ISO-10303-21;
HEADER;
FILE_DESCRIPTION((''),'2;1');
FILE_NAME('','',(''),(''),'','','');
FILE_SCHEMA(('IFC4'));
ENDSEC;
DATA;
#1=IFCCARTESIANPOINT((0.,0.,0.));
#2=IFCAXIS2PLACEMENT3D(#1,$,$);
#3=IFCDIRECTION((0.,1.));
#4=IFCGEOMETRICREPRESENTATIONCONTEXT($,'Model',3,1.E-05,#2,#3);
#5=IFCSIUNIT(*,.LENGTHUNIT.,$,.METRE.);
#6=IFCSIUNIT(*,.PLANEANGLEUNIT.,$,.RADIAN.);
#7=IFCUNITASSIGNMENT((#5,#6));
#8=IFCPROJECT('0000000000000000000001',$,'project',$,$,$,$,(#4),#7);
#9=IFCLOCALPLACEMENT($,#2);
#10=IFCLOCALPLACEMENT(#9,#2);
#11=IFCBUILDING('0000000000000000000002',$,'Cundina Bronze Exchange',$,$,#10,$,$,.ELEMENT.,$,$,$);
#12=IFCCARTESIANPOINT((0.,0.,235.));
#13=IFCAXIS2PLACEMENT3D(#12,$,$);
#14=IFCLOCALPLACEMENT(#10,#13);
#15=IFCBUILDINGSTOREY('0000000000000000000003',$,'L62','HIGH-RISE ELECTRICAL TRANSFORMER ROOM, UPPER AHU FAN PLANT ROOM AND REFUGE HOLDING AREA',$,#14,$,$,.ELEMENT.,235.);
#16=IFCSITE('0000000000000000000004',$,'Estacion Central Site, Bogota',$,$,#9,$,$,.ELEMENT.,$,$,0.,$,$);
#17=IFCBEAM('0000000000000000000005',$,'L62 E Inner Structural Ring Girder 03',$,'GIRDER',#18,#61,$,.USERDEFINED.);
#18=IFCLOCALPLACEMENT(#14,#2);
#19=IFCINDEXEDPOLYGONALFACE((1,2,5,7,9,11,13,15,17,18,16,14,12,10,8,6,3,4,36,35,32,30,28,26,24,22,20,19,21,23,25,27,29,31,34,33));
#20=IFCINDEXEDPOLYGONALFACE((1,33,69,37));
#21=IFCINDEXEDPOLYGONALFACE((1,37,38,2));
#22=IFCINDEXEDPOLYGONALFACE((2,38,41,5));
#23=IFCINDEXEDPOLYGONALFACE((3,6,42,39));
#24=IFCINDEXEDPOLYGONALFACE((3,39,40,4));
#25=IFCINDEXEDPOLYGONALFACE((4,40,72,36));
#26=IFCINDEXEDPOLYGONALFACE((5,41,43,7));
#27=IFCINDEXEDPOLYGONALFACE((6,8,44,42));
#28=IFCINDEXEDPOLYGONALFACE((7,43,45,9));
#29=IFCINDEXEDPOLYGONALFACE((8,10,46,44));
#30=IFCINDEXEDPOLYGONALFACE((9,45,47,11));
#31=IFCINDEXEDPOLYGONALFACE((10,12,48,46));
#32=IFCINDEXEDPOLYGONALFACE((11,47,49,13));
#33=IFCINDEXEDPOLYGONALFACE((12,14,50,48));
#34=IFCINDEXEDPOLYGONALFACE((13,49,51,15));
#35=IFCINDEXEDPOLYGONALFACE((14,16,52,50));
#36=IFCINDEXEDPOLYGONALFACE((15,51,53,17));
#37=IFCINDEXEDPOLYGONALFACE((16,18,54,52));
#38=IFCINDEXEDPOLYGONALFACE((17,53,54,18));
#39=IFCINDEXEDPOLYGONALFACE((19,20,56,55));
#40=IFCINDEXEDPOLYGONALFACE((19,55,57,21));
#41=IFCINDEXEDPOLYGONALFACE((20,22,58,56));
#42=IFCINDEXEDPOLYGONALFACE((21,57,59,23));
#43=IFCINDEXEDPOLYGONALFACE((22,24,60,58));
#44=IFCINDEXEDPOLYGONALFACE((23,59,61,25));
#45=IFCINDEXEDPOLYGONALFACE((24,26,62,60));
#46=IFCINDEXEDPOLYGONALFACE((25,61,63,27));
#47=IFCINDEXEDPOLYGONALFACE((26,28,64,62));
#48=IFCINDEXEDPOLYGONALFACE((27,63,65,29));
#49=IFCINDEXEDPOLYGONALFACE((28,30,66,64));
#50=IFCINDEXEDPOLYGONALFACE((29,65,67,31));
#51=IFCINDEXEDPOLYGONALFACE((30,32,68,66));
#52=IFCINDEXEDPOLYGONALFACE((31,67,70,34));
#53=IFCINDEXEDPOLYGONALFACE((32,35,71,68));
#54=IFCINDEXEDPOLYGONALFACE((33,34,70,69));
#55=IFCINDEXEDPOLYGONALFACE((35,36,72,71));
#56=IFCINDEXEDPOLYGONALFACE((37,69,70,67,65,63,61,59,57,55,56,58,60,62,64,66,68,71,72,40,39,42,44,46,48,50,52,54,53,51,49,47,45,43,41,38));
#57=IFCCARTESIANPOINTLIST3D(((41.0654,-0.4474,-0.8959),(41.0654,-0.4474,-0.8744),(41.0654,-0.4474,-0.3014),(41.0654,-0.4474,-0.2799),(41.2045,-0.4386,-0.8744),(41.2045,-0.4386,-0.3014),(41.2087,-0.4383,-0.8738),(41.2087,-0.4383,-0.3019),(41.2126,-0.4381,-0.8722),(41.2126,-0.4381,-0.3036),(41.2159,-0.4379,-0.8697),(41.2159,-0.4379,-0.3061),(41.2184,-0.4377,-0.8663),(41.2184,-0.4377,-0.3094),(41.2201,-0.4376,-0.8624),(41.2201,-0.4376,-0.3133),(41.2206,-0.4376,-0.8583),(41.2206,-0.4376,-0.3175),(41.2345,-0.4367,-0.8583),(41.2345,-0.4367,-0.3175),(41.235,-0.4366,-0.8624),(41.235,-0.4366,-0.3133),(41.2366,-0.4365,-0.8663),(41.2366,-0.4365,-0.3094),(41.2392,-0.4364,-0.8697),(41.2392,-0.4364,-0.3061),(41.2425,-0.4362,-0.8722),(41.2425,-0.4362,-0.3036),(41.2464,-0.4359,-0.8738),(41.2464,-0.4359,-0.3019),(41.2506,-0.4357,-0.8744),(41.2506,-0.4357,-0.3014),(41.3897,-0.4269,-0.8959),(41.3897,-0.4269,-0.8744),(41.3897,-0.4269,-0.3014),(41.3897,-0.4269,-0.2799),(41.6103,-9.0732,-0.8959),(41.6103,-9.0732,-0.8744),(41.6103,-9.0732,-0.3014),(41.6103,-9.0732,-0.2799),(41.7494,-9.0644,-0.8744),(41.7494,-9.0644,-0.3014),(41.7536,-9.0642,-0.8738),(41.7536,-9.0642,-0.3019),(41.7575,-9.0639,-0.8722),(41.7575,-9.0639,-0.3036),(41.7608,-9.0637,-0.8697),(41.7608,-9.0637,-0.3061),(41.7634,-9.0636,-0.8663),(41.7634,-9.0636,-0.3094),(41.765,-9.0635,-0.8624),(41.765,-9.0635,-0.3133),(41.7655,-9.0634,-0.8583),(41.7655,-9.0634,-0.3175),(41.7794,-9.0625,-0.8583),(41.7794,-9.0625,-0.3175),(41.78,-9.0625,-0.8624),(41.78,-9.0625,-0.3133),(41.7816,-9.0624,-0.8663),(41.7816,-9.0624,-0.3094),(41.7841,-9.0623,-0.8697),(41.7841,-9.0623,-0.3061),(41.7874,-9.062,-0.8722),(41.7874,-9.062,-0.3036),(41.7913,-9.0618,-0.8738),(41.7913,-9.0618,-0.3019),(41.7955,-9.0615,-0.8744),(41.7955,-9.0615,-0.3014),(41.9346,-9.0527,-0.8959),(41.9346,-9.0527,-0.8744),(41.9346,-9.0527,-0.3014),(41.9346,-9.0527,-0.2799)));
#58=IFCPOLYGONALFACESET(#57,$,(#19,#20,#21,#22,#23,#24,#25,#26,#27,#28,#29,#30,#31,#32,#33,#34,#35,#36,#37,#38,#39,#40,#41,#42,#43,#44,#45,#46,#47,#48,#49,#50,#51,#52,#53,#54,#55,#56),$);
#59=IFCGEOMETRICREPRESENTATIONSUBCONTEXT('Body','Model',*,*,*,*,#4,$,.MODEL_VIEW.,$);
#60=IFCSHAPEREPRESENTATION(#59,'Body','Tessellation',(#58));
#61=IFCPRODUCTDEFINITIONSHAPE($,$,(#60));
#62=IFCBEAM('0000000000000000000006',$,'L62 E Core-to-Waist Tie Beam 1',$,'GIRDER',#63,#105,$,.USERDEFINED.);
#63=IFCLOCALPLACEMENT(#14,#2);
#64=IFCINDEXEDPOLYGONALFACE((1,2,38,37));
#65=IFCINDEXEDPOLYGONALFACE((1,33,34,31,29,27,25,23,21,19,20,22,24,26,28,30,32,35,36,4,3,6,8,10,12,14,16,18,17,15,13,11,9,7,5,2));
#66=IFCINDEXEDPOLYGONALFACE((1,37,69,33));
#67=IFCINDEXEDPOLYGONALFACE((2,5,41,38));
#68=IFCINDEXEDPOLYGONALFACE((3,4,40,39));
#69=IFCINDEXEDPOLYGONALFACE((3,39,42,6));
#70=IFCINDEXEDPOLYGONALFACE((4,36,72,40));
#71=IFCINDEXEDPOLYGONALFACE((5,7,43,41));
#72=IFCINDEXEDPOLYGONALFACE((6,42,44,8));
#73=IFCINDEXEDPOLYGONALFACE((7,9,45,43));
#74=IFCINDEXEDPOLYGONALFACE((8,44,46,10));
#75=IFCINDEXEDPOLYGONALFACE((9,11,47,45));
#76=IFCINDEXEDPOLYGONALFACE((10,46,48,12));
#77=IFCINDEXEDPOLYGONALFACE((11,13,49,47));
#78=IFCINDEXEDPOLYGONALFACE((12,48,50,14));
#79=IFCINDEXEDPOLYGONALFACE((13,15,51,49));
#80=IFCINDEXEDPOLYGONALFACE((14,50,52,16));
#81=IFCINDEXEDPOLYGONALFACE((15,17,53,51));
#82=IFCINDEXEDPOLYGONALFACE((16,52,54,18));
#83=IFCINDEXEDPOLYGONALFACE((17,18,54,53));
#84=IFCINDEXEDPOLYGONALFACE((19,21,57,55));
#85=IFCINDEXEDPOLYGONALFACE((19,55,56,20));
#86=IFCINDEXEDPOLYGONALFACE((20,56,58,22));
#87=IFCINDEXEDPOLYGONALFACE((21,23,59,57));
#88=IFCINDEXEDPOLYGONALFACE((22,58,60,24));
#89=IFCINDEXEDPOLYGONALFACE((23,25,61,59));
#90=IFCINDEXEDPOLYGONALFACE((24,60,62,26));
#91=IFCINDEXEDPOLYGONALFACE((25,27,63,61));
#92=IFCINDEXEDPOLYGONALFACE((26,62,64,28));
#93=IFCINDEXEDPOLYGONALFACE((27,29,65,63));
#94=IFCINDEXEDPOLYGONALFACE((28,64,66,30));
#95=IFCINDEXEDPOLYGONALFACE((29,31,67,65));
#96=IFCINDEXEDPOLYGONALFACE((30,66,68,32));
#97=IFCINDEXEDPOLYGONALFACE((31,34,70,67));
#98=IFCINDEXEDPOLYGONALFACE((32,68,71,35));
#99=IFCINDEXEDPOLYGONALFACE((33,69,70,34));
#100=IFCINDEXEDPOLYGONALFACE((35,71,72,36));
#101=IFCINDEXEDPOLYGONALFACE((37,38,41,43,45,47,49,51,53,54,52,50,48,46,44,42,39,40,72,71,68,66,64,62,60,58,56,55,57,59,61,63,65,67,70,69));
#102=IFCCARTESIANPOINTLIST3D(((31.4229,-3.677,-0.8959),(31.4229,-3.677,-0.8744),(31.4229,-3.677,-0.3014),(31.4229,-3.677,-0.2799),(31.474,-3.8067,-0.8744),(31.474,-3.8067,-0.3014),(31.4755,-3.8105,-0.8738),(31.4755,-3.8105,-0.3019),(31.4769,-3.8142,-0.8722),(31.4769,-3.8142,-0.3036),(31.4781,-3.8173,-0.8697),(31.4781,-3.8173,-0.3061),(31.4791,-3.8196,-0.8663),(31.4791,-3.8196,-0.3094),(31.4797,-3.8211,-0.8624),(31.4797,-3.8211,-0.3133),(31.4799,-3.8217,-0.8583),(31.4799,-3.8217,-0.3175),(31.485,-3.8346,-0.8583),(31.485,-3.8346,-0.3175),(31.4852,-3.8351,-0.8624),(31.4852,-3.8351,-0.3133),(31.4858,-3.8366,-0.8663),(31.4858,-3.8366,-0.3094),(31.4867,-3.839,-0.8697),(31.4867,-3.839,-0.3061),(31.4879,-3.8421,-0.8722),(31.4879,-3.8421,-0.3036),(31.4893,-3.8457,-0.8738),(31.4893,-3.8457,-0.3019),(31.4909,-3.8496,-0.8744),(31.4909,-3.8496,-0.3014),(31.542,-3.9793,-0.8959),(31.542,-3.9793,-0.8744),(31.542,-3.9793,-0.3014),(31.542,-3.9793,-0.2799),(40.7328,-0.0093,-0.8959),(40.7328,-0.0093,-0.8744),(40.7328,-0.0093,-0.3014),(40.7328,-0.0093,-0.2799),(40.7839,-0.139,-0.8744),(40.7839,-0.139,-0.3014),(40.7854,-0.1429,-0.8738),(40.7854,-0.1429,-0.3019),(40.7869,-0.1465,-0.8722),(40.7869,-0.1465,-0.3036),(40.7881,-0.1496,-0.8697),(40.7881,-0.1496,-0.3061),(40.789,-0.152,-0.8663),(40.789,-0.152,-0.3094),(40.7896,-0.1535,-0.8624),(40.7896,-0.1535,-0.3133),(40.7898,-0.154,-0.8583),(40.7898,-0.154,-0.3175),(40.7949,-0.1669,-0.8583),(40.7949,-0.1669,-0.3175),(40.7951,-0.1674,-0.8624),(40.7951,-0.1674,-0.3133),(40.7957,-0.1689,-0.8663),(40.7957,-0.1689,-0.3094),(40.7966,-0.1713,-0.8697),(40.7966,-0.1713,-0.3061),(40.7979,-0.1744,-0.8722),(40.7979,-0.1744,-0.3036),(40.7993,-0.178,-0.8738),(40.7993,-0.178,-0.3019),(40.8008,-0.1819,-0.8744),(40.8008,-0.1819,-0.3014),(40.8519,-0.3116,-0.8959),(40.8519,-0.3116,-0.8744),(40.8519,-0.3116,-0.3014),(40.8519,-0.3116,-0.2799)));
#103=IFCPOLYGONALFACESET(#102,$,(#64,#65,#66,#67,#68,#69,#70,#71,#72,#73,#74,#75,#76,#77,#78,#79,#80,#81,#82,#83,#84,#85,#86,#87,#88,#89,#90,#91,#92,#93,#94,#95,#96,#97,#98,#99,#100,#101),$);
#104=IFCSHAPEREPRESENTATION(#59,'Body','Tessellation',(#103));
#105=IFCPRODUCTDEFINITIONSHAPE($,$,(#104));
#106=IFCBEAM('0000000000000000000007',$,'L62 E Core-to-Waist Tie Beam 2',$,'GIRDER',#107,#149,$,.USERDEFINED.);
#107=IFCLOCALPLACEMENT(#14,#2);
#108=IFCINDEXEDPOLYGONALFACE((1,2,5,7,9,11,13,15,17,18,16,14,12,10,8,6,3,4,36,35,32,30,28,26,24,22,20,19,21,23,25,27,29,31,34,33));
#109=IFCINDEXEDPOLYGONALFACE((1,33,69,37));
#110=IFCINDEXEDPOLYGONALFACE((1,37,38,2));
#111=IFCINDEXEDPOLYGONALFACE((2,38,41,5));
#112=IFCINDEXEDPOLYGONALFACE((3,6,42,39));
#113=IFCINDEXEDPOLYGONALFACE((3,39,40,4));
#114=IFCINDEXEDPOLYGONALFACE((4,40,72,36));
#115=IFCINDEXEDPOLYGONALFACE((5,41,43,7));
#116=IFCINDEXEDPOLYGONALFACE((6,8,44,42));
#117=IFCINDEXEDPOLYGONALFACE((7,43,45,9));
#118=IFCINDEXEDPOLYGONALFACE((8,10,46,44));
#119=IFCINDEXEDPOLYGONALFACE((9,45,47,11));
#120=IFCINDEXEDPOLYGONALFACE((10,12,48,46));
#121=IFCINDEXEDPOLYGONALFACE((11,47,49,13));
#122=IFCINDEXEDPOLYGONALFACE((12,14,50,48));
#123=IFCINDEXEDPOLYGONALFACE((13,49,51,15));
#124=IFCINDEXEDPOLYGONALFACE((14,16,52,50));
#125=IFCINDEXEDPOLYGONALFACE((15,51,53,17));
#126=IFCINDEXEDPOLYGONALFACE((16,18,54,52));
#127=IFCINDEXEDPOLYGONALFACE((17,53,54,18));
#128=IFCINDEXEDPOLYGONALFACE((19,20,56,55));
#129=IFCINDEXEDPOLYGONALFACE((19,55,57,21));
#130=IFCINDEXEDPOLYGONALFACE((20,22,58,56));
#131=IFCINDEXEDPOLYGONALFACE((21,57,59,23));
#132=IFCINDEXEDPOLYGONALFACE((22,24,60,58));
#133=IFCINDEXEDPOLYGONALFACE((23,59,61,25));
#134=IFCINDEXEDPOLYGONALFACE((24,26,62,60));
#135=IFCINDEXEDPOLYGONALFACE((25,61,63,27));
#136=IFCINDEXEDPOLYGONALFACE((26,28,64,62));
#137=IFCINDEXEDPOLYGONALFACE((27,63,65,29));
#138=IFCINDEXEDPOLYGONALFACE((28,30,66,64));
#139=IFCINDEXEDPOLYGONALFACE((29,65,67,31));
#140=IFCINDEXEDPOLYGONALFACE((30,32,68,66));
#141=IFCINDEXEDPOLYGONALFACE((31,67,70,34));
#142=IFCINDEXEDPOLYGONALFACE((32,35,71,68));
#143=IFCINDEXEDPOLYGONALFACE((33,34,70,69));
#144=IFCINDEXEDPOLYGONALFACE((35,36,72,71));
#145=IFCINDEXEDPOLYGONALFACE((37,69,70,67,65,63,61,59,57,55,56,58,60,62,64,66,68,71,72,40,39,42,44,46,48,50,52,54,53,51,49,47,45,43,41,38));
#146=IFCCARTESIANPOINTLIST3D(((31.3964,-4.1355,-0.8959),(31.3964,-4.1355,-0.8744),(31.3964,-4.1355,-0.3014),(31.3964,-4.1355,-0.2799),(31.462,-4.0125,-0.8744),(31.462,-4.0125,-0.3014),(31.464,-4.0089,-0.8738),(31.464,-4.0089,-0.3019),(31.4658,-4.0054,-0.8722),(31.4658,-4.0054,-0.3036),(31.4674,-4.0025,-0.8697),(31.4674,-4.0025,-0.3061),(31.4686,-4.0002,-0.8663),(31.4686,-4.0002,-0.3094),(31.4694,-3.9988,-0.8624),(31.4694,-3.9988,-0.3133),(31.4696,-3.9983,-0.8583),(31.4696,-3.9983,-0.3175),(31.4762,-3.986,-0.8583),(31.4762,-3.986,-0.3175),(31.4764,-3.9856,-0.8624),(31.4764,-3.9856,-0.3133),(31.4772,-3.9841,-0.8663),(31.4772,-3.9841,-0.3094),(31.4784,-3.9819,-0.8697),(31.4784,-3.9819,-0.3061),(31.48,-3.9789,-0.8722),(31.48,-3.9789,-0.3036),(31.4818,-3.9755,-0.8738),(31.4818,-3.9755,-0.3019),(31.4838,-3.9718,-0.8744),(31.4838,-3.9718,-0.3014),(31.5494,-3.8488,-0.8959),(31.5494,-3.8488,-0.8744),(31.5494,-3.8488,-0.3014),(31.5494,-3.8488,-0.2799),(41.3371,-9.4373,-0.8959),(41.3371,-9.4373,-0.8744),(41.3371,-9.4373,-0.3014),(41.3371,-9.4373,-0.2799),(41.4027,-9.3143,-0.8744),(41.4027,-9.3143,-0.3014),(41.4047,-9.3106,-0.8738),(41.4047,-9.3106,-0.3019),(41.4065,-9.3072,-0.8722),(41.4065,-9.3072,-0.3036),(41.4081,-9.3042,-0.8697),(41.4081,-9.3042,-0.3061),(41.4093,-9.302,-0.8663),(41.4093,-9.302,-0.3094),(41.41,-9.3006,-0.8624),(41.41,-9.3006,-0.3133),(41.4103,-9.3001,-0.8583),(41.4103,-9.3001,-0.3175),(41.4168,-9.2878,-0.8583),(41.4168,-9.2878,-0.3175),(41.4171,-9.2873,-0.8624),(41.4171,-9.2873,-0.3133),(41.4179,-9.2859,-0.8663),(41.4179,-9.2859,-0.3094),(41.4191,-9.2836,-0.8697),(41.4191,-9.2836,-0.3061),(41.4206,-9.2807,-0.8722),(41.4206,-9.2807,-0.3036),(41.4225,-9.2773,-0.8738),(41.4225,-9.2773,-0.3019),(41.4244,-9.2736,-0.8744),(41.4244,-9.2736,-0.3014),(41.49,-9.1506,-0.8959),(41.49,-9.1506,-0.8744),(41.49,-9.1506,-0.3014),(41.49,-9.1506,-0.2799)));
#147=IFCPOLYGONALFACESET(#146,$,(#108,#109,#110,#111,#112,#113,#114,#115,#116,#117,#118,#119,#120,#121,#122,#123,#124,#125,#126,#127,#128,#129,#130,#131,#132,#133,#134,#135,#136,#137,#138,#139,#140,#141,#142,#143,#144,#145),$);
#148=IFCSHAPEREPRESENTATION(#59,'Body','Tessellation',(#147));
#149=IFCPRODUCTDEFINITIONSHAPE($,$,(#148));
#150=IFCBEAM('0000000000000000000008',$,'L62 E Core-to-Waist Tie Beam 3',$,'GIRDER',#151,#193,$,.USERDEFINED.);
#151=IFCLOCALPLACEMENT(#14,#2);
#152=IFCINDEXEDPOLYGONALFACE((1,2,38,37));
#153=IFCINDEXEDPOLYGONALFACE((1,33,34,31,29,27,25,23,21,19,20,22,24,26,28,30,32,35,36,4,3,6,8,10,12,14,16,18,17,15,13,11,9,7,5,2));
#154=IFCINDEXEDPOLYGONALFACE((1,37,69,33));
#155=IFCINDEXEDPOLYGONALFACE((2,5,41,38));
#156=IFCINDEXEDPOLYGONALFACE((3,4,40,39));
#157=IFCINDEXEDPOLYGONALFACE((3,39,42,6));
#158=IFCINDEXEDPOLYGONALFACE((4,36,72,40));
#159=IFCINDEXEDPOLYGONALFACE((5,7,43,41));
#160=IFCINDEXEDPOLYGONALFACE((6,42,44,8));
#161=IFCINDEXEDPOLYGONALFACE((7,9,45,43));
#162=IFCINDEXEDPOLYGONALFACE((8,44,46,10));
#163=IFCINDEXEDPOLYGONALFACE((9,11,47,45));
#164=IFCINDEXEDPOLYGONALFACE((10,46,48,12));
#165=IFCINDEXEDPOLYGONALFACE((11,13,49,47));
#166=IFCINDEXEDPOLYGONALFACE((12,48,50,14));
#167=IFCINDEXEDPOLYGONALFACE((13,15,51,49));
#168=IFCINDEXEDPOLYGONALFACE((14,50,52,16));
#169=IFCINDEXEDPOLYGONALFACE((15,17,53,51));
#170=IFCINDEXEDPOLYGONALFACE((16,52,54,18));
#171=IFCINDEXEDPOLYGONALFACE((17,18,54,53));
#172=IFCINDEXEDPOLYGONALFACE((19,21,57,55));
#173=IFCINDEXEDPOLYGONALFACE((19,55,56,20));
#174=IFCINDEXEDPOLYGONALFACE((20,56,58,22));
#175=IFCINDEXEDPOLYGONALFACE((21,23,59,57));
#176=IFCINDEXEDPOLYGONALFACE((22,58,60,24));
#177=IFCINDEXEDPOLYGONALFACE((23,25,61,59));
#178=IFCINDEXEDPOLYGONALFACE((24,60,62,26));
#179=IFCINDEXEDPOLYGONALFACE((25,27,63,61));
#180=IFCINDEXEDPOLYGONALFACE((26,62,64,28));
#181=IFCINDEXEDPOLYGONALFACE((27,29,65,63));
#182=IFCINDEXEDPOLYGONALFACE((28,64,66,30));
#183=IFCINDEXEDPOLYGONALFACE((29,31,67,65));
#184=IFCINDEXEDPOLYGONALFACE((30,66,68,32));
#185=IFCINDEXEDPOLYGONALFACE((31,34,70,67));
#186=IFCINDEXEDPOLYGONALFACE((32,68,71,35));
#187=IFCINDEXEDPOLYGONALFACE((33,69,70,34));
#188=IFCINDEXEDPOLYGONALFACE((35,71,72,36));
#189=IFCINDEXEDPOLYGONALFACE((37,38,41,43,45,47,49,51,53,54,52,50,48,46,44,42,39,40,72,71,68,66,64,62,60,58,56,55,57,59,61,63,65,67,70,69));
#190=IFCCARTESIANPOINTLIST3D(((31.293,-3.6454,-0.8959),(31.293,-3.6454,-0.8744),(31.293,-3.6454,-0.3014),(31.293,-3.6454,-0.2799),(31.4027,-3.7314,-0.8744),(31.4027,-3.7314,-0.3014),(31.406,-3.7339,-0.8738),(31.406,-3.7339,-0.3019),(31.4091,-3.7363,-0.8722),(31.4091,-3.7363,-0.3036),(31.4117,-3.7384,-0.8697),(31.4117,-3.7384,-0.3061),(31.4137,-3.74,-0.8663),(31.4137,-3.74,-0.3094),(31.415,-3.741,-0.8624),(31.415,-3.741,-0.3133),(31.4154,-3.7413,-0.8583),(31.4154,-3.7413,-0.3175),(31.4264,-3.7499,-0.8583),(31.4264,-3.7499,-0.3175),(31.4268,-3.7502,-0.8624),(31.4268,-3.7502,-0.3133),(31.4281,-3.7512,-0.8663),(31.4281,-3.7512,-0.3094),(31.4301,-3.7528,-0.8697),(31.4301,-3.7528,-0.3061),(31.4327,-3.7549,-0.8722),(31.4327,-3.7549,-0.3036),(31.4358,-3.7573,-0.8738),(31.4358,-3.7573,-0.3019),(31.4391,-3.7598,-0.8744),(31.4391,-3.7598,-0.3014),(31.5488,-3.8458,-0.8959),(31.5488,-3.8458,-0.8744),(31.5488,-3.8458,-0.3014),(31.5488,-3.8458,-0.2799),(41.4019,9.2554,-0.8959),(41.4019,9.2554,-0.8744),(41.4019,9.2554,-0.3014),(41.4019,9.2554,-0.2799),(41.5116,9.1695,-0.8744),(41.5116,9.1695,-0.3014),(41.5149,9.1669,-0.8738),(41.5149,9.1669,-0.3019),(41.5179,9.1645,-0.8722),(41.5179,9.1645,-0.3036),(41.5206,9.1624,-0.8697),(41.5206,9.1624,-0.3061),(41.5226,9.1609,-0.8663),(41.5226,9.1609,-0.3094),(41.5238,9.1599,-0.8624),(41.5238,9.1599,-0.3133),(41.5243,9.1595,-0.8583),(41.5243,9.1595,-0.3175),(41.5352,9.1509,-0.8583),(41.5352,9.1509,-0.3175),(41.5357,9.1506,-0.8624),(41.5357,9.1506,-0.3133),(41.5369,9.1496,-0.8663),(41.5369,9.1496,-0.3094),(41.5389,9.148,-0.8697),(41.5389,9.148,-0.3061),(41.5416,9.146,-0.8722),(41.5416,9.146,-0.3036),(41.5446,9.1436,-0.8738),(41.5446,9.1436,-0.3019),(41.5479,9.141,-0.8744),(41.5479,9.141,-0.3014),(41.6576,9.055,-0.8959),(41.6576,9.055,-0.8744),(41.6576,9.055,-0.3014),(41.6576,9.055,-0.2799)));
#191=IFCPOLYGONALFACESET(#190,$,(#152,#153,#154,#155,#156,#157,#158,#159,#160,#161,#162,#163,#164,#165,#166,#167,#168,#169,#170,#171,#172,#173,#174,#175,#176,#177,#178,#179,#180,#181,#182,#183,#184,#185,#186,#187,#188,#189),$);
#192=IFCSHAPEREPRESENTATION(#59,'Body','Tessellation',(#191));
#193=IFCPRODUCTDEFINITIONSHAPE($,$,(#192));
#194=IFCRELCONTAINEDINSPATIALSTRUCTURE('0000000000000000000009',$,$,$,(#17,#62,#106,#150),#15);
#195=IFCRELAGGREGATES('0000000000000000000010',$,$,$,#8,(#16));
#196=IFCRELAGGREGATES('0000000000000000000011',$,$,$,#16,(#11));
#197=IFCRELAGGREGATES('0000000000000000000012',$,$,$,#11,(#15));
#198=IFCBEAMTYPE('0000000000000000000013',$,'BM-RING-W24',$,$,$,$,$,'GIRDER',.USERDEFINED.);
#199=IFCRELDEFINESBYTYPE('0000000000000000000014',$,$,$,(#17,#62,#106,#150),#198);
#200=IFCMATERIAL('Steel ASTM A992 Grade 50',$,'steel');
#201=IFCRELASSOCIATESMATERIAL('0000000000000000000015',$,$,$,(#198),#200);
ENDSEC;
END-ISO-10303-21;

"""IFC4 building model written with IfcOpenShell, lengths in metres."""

from ifc_helpers import new_model, si_unit, direction, frame, origin, origin_2d, place, context, subcontext, project, spatial, i_section, extrude, material, material_profile, profile_set, type_object, element, save


model = new_model("IFC4")

# Units and contexts
model_context = context("Model", 3, precision=1e-05, world=origin(), true_north=direction((0.0, 1.0)))
body_context = subcontext(model_context, "Body", "Model", "MODEL_VIEW")
ifc_project = project(units=[si_unit("LENGTHUNIT", "METRE"), si_unit("PLANEANGLEUNIT", "RADIAN")], contexts=[model_context])

# Site, building, storey
site_placement = place(None, origin())
site = spatial("IfcSite", under=ifc_project, at=site_placement, Name="Estacion Central Site, Bogota", CompositionType="ELEMENT", RefElevation=0.0)
building_placement = place(site_placement, origin())
building = spatial("IfcBuilding", under=site, at=building_placement, Name="Cundina Bronze Exchange", CompositionType="ELEMENT")
storey_placement = place(building_placement, frame((0.0, 0.0, 235.0)))
storey = spatial("IfcBuildingStorey", under=building, at=storey_placement, Name="L62", Description="HIGH-RISE ELECTRICAL TRANSFORMER ROOM, UPPER AHU FAN PLANT ROOM AND REFUGE HOLDING AREA", CompositionType="ELEMENT", Elevation=235.0)

# Shared definitions
ifc_material_1 = material(Name="Steel ASTM A992 Grade 50", Category="steel")

# Beams
ifc_material_profile_1 = material_profile(ifc_material_1, i_section(OverallWidth=0.325, OverallDepth=0.616, WebThickness=0.0139, FlangeThickness=0.0215, FilletRadius=0.0161, at=origin_2d()), Name="W24X117", Category="steel")
ifc_profile_set_1 = profile_set([ifc_material_profile_1], Name="Steel ASTM A992 Grade 50")
beam_type_1 = type_object("IfcBeamType", Name="BM-RING-W24", ElementType="GIRDER", PredefinedType="USERDEFINED", material=ifc_profile_set_1)
beam_1_placement = place(storey_placement, frame((41.7725, -9.063, -0.5879), z_axis=(-0.063047, 0.998011, 0.0), x_axis=(-0.998011, -0.063047, 0.0)))
element("IfcBeam", 1, at=beam_1_placement, inside=storey, type_object=beam_type_1, Name="L62 E Inner Structural Ring Girder 03", ObjectType="GIRDER", PredefinedType="USERDEFINED", context=body_context, shape_type="SweptSolid", body=[
    extrude(i_section(OverallWidth=0.325, OverallDepth=0.616, WebThickness=0.0139, FlangeThickness=0.0215, FilletRadius=0.0161, at=origin_2d()), origin(), (0.0, 0.0, 1.0), 8.6431),
])
beam_2_placement = place(storey_placement, frame((31.4824, -3.8281, -0.5879), z_axis=(0.930404, 0.366535, 0.0), x_axis=(-0.366535, 0.930404, 0.0)))
element("IfcBeam", 2, at=beam_2_placement, inside=storey, type_object=beam_type_1, Name="L62 E Core-to-Waist Tie Beam 1", ObjectType="GIRDER", PredefinedType="USERDEFINED", context=body_context, shape_type="SweptSolid", body=[
    extrude(i_section(OverallWidth=0.325, OverallDepth=0.616, WebThickness=0.0139, FlangeThickness=0.0215, FilletRadius=0.0161, at=origin_2d()), origin(), (0.0, 0.0, 1.0), 10.0063),
])
beam_3_placement = place(storey_placement, frame((31.4729, -3.9922, -0.5879), z_axis=(0.882351, -0.470593, 0.0), x_axis=(0.470593, 0.882351, 0.0)))
element("IfcBeam", 3, at=beam_3_placement, inside=storey, type_object=beam_type_1, Name="L62 E Core-to-Waist Tie Beam 2", ObjectType="GIRDER", PredefinedType="USERDEFINED", context=body_context, shape_type="SweptSolid", body=[
    extrude(i_section(OverallWidth=0.325, OverallDepth=0.616, WebThickness=0.0139, FlangeThickness=0.0215, FilletRadius=0.0161, at=origin_2d()), origin(), (0.0, 0.0, 1.0), 11.2661),
])
beam_4_placement = place(storey_placement, frame((31.4209, -3.7456, -0.5879), z_axis=(0.616783, 0.787133, 0.0), x_axis=(-0.787133, 0.616783, 0.0)))
element("IfcBeam", 4, at=beam_4_placement, inside=storey, type_object=beam_type_1, Name="L62 E Core-to-Waist Tie Beam 3", ObjectType="GIRDER", PredefinedType="USERDEFINED", context=body_context, shape_type="SweptSolid", body=[
    extrude(i_section(OverallWidth=0.325, OverallDepth=0.616, WebThickness=0.0139, FlangeThickness=0.0215, FilletRadius=0.0161, at=origin_2d()), origin(), (0.0, 0.0, 1.0), 16.3896),
])

save(model, "model.ifc")
